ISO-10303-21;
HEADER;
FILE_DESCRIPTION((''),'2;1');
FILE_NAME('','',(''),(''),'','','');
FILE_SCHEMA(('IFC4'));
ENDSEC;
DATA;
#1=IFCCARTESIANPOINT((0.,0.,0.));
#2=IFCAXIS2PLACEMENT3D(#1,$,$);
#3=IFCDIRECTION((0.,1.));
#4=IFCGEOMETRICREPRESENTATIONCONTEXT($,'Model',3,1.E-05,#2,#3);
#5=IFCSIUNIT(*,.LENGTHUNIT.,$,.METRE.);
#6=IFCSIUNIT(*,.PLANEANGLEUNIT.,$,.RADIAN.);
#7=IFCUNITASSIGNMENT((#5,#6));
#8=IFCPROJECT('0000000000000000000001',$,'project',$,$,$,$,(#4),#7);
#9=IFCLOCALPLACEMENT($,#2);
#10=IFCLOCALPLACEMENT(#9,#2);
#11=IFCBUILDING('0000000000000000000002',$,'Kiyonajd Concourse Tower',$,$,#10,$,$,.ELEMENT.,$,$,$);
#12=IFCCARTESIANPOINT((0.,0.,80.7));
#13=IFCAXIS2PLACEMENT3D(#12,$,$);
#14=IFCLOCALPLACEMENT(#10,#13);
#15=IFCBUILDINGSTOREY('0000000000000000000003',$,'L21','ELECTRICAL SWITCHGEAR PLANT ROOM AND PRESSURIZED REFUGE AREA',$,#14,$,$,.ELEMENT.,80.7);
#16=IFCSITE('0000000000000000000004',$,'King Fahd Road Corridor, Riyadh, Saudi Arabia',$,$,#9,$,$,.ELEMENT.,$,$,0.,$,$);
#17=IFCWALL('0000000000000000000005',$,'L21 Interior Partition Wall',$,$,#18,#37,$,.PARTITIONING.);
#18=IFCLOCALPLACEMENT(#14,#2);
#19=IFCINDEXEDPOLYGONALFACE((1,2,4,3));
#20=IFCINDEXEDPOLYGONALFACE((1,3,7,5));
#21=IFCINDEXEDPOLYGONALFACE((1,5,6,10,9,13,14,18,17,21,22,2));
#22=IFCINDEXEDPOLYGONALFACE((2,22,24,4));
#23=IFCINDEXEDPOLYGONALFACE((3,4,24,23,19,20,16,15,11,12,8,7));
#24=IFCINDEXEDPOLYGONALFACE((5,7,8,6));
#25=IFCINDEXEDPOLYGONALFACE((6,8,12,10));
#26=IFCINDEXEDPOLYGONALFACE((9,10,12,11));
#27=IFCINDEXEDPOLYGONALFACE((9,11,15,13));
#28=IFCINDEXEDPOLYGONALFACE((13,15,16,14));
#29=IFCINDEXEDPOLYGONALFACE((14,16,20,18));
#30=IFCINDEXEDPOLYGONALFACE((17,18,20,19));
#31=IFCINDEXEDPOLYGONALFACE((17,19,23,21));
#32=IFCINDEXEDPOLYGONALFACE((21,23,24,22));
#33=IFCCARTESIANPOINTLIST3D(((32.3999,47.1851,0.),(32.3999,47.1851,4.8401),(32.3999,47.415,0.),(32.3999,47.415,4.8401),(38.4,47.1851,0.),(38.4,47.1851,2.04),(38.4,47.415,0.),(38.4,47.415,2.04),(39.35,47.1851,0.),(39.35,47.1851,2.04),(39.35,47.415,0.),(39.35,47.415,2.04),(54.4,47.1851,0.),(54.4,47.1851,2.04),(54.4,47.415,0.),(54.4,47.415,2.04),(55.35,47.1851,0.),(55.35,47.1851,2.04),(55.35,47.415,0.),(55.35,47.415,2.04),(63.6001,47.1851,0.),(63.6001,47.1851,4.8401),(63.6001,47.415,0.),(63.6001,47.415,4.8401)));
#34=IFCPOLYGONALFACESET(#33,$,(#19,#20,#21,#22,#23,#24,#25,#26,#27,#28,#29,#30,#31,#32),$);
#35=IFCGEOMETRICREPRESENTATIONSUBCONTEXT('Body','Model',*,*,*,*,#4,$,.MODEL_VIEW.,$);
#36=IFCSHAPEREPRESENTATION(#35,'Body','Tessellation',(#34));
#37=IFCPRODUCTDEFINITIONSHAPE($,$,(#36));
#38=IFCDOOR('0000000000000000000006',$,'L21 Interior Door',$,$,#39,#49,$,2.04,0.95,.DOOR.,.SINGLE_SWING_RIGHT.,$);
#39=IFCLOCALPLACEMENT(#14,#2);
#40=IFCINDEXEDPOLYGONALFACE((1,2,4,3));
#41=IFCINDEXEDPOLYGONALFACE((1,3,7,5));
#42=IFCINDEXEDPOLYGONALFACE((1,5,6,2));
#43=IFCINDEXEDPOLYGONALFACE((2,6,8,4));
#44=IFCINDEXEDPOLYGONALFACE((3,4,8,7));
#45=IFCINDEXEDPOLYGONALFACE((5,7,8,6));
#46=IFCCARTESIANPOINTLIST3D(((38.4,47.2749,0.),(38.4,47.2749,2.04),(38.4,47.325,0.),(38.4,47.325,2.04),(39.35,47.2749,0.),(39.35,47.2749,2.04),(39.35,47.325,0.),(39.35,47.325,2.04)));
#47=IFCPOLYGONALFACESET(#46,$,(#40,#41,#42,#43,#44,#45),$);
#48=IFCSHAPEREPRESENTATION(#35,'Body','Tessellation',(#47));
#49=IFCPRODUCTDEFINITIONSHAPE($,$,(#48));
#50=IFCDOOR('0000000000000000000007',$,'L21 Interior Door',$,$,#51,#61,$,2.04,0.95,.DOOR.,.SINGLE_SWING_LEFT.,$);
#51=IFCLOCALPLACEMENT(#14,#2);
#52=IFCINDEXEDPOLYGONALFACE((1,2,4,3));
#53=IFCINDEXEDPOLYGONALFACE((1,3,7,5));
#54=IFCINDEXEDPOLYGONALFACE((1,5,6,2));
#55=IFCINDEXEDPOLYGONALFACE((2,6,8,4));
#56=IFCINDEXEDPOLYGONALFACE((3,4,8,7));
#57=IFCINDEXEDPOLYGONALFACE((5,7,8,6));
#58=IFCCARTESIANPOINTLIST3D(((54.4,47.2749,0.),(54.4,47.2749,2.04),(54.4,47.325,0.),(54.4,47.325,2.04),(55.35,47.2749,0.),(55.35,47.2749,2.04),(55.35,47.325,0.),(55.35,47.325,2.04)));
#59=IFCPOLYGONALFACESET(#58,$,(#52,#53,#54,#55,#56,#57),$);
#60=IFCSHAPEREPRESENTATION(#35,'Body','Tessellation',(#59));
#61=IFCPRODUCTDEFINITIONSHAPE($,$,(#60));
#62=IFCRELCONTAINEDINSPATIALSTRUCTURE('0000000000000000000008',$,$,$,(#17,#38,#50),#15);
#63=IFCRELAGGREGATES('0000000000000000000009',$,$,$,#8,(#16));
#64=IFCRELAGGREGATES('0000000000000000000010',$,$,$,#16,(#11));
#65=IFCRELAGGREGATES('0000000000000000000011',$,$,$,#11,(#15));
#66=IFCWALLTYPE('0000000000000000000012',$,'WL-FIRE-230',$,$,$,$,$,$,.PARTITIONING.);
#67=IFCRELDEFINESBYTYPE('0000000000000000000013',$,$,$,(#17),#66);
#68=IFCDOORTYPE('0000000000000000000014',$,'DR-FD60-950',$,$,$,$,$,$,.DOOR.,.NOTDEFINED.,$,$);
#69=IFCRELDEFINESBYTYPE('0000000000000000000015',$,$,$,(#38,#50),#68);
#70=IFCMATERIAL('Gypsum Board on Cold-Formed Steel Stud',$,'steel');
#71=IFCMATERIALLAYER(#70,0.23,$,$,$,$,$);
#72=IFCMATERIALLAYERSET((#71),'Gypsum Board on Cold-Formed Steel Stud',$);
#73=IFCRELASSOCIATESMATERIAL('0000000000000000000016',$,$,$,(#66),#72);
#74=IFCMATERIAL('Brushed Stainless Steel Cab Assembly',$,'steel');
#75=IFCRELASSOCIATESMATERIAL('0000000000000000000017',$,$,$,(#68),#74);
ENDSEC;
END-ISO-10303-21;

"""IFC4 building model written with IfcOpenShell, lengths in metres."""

from ifc_helpers import new_model, si_unit, direction, frame, frame_2d, origin, place, context, subcontext, project, spatial, rectangle, extrude, material, layer, layer_set, type_object, element, fill, save


model = new_model("IFC4")

# Units and contexts
model_context = context("Model", 3, precision=1e-05, world=origin(), true_north=direction((0.0, 1.0)))
body_context = subcontext(model_context, "Body", "Model", "MODEL_VIEW")
ifc_project = project(units=[si_unit("LENGTHUNIT", "METRE"), si_unit("PLANEANGLEUNIT", "RADIAN")], contexts=[model_context])

# Site, building, storey
site_placement = place(None, origin())
site = spatial("IfcSite", under=ifc_project, at=site_placement, Name="King Fahd Road Corridor, Riyadh, Saudi Arabia", CompositionType="ELEMENT", RefElevation=0.0)
building_placement = place(site_placement, origin())
building = spatial("IfcBuilding", under=site, at=building_placement, Name="Kiyonajd Concourse Tower", CompositionType="ELEMENT")
storey_placement = place(building_placement, frame((0.0, 0.0, 80.7)))
storey = spatial("IfcBuildingStorey", under=building, at=storey_placement, Name="L21", Description="ELECTRICAL SWITCHGEAR PLANT ROOM AND PRESSURIZED REFUGE AREA", CompositionType="ELEMENT", Elevation=80.7)

# Wall, openings, doors
ifc_material_1 = material(Name="Gypsum Board on Cold-Formed Steel Stud", Category="steel")
ifc_layer_1 = layer(ifc_material_1, 0.23)
ifc_layer_set_1 = layer_set([ifc_layer_1], Name="Gypsum Board on Cold-Formed Steel Stud")
wall_type_1 = type_object("IfcWallType", Name="WL-FIRE-230", PredefinedType="PARTITIONING", material=ifc_layer_set_1)
wall_1_placement = place(storey_placement, frame((32.3999, 47.3, 0.0), z_axis=(0.0, 0.0, 1.0), x_axis=(1.0, 0.0, 0.0)))
wall_1 = element("IfcWall", 1, at=wall_1_placement, inside=storey, type_object=wall_type_1, Name="L21 Interior Partition Wall", PredefinedType="PARTITIONING", context=body_context, shape_type="SweptSolid", body=[
    extrude(rectangle(XDim=31.2002, YDim=0.23, at=frame_2d((15.6001, 0.0))), origin(), (0.0, 0.0, 1.0), 4.8401),
])
opening_1_placement = place(wall_1_placement, frame((6.0, 0.0, 0.0)))
opening_1 = element("IfcOpeningElement", 2, at=opening_1_placement, cuts=wall_1, PredefinedType="OPENING", context=body_context, shape_type="SweptSolid", body=[
    extrude(rectangle(XDim=0.95, YDim=2.04, at=frame_2d((0.4751, 1.02))), frame((0.0, 0.125, 0.0), z_axis=(0.0, -1.0, 0.0), x_axis=(1.0, 0.0, 0.0)), (0.0, 0.0, 1.0), 0.25),
])
opening_2_placement = place(wall_1_placement, frame((22.0, 0.0, 0.0)))
opening_2 = element("IfcOpeningElement", 3, at=opening_2_placement, cuts=wall_1, PredefinedType="OPENING", context=body_context, shape_type="SweptSolid", body=[
    extrude(rectangle(XDim=0.95, YDim=2.04, at=frame_2d((0.4751, 1.02))), frame((0.0, 0.125, 0.0), z_axis=(0.0, -1.0, 0.0), x_axis=(1.0, 0.0, 0.0)), (0.0, 0.0, 1.0), 0.25),
])
ifc_material_2 = material(Name="Brushed Stainless Steel Cab Assembly", Category="steel")
door_type = type_object("IfcDoorType", Name="DR-FD60-950", OperationType="NOTDEFINED", PredefinedType="DOOR", material=ifc_material_2)
door_1_placement = place(opening_1_placement, origin())
door_1 = element("IfcDoor", 4, at=door_1_placement, inside=storey, type_object=door_type, Name="L21 Interior Door", OperationType="SINGLE_SWING_RIGHT", OverallHeight=2.04, OverallWidth=0.95, PredefinedType="DOOR", context=body_context, shape_type="SweptSolid", body=[
    extrude(rectangle(XDim=0.95, YDim=2.04, at=frame_2d((0.4751, 1.02))), frame((0.0, 0.0249, 0.0), z_axis=(0.0, -1.0, 0.0), x_axis=(1.0, 0.0, 0.0)), (0.0, 0.0, 1.0), 0.05),
])
fill(opening_1, door_1)
door_2_placement = place(opening_2_placement, origin())
door_2 = element("IfcDoor", 5, at=door_2_placement, inside=storey, type_object=door_type, Name="L21 Interior Door", OperationType="SINGLE_SWING_LEFT", OverallHeight=2.04, OverallWidth=0.95, PredefinedType="DOOR", context=body_context, shape_type="SweptSolid", body=[
    extrude(rectangle(XDim=0.95, YDim=2.04, at=frame_2d((0.4751, 1.02))), frame((0.0, 0.0249, 0.0), z_axis=(0.0, -1.0, 0.0), x_axis=(1.0, 0.0, 0.0)), (0.0, 0.0, 1.0), 0.05),
])
fill(opening_2, door_2)

save(model, "model.ifc")
